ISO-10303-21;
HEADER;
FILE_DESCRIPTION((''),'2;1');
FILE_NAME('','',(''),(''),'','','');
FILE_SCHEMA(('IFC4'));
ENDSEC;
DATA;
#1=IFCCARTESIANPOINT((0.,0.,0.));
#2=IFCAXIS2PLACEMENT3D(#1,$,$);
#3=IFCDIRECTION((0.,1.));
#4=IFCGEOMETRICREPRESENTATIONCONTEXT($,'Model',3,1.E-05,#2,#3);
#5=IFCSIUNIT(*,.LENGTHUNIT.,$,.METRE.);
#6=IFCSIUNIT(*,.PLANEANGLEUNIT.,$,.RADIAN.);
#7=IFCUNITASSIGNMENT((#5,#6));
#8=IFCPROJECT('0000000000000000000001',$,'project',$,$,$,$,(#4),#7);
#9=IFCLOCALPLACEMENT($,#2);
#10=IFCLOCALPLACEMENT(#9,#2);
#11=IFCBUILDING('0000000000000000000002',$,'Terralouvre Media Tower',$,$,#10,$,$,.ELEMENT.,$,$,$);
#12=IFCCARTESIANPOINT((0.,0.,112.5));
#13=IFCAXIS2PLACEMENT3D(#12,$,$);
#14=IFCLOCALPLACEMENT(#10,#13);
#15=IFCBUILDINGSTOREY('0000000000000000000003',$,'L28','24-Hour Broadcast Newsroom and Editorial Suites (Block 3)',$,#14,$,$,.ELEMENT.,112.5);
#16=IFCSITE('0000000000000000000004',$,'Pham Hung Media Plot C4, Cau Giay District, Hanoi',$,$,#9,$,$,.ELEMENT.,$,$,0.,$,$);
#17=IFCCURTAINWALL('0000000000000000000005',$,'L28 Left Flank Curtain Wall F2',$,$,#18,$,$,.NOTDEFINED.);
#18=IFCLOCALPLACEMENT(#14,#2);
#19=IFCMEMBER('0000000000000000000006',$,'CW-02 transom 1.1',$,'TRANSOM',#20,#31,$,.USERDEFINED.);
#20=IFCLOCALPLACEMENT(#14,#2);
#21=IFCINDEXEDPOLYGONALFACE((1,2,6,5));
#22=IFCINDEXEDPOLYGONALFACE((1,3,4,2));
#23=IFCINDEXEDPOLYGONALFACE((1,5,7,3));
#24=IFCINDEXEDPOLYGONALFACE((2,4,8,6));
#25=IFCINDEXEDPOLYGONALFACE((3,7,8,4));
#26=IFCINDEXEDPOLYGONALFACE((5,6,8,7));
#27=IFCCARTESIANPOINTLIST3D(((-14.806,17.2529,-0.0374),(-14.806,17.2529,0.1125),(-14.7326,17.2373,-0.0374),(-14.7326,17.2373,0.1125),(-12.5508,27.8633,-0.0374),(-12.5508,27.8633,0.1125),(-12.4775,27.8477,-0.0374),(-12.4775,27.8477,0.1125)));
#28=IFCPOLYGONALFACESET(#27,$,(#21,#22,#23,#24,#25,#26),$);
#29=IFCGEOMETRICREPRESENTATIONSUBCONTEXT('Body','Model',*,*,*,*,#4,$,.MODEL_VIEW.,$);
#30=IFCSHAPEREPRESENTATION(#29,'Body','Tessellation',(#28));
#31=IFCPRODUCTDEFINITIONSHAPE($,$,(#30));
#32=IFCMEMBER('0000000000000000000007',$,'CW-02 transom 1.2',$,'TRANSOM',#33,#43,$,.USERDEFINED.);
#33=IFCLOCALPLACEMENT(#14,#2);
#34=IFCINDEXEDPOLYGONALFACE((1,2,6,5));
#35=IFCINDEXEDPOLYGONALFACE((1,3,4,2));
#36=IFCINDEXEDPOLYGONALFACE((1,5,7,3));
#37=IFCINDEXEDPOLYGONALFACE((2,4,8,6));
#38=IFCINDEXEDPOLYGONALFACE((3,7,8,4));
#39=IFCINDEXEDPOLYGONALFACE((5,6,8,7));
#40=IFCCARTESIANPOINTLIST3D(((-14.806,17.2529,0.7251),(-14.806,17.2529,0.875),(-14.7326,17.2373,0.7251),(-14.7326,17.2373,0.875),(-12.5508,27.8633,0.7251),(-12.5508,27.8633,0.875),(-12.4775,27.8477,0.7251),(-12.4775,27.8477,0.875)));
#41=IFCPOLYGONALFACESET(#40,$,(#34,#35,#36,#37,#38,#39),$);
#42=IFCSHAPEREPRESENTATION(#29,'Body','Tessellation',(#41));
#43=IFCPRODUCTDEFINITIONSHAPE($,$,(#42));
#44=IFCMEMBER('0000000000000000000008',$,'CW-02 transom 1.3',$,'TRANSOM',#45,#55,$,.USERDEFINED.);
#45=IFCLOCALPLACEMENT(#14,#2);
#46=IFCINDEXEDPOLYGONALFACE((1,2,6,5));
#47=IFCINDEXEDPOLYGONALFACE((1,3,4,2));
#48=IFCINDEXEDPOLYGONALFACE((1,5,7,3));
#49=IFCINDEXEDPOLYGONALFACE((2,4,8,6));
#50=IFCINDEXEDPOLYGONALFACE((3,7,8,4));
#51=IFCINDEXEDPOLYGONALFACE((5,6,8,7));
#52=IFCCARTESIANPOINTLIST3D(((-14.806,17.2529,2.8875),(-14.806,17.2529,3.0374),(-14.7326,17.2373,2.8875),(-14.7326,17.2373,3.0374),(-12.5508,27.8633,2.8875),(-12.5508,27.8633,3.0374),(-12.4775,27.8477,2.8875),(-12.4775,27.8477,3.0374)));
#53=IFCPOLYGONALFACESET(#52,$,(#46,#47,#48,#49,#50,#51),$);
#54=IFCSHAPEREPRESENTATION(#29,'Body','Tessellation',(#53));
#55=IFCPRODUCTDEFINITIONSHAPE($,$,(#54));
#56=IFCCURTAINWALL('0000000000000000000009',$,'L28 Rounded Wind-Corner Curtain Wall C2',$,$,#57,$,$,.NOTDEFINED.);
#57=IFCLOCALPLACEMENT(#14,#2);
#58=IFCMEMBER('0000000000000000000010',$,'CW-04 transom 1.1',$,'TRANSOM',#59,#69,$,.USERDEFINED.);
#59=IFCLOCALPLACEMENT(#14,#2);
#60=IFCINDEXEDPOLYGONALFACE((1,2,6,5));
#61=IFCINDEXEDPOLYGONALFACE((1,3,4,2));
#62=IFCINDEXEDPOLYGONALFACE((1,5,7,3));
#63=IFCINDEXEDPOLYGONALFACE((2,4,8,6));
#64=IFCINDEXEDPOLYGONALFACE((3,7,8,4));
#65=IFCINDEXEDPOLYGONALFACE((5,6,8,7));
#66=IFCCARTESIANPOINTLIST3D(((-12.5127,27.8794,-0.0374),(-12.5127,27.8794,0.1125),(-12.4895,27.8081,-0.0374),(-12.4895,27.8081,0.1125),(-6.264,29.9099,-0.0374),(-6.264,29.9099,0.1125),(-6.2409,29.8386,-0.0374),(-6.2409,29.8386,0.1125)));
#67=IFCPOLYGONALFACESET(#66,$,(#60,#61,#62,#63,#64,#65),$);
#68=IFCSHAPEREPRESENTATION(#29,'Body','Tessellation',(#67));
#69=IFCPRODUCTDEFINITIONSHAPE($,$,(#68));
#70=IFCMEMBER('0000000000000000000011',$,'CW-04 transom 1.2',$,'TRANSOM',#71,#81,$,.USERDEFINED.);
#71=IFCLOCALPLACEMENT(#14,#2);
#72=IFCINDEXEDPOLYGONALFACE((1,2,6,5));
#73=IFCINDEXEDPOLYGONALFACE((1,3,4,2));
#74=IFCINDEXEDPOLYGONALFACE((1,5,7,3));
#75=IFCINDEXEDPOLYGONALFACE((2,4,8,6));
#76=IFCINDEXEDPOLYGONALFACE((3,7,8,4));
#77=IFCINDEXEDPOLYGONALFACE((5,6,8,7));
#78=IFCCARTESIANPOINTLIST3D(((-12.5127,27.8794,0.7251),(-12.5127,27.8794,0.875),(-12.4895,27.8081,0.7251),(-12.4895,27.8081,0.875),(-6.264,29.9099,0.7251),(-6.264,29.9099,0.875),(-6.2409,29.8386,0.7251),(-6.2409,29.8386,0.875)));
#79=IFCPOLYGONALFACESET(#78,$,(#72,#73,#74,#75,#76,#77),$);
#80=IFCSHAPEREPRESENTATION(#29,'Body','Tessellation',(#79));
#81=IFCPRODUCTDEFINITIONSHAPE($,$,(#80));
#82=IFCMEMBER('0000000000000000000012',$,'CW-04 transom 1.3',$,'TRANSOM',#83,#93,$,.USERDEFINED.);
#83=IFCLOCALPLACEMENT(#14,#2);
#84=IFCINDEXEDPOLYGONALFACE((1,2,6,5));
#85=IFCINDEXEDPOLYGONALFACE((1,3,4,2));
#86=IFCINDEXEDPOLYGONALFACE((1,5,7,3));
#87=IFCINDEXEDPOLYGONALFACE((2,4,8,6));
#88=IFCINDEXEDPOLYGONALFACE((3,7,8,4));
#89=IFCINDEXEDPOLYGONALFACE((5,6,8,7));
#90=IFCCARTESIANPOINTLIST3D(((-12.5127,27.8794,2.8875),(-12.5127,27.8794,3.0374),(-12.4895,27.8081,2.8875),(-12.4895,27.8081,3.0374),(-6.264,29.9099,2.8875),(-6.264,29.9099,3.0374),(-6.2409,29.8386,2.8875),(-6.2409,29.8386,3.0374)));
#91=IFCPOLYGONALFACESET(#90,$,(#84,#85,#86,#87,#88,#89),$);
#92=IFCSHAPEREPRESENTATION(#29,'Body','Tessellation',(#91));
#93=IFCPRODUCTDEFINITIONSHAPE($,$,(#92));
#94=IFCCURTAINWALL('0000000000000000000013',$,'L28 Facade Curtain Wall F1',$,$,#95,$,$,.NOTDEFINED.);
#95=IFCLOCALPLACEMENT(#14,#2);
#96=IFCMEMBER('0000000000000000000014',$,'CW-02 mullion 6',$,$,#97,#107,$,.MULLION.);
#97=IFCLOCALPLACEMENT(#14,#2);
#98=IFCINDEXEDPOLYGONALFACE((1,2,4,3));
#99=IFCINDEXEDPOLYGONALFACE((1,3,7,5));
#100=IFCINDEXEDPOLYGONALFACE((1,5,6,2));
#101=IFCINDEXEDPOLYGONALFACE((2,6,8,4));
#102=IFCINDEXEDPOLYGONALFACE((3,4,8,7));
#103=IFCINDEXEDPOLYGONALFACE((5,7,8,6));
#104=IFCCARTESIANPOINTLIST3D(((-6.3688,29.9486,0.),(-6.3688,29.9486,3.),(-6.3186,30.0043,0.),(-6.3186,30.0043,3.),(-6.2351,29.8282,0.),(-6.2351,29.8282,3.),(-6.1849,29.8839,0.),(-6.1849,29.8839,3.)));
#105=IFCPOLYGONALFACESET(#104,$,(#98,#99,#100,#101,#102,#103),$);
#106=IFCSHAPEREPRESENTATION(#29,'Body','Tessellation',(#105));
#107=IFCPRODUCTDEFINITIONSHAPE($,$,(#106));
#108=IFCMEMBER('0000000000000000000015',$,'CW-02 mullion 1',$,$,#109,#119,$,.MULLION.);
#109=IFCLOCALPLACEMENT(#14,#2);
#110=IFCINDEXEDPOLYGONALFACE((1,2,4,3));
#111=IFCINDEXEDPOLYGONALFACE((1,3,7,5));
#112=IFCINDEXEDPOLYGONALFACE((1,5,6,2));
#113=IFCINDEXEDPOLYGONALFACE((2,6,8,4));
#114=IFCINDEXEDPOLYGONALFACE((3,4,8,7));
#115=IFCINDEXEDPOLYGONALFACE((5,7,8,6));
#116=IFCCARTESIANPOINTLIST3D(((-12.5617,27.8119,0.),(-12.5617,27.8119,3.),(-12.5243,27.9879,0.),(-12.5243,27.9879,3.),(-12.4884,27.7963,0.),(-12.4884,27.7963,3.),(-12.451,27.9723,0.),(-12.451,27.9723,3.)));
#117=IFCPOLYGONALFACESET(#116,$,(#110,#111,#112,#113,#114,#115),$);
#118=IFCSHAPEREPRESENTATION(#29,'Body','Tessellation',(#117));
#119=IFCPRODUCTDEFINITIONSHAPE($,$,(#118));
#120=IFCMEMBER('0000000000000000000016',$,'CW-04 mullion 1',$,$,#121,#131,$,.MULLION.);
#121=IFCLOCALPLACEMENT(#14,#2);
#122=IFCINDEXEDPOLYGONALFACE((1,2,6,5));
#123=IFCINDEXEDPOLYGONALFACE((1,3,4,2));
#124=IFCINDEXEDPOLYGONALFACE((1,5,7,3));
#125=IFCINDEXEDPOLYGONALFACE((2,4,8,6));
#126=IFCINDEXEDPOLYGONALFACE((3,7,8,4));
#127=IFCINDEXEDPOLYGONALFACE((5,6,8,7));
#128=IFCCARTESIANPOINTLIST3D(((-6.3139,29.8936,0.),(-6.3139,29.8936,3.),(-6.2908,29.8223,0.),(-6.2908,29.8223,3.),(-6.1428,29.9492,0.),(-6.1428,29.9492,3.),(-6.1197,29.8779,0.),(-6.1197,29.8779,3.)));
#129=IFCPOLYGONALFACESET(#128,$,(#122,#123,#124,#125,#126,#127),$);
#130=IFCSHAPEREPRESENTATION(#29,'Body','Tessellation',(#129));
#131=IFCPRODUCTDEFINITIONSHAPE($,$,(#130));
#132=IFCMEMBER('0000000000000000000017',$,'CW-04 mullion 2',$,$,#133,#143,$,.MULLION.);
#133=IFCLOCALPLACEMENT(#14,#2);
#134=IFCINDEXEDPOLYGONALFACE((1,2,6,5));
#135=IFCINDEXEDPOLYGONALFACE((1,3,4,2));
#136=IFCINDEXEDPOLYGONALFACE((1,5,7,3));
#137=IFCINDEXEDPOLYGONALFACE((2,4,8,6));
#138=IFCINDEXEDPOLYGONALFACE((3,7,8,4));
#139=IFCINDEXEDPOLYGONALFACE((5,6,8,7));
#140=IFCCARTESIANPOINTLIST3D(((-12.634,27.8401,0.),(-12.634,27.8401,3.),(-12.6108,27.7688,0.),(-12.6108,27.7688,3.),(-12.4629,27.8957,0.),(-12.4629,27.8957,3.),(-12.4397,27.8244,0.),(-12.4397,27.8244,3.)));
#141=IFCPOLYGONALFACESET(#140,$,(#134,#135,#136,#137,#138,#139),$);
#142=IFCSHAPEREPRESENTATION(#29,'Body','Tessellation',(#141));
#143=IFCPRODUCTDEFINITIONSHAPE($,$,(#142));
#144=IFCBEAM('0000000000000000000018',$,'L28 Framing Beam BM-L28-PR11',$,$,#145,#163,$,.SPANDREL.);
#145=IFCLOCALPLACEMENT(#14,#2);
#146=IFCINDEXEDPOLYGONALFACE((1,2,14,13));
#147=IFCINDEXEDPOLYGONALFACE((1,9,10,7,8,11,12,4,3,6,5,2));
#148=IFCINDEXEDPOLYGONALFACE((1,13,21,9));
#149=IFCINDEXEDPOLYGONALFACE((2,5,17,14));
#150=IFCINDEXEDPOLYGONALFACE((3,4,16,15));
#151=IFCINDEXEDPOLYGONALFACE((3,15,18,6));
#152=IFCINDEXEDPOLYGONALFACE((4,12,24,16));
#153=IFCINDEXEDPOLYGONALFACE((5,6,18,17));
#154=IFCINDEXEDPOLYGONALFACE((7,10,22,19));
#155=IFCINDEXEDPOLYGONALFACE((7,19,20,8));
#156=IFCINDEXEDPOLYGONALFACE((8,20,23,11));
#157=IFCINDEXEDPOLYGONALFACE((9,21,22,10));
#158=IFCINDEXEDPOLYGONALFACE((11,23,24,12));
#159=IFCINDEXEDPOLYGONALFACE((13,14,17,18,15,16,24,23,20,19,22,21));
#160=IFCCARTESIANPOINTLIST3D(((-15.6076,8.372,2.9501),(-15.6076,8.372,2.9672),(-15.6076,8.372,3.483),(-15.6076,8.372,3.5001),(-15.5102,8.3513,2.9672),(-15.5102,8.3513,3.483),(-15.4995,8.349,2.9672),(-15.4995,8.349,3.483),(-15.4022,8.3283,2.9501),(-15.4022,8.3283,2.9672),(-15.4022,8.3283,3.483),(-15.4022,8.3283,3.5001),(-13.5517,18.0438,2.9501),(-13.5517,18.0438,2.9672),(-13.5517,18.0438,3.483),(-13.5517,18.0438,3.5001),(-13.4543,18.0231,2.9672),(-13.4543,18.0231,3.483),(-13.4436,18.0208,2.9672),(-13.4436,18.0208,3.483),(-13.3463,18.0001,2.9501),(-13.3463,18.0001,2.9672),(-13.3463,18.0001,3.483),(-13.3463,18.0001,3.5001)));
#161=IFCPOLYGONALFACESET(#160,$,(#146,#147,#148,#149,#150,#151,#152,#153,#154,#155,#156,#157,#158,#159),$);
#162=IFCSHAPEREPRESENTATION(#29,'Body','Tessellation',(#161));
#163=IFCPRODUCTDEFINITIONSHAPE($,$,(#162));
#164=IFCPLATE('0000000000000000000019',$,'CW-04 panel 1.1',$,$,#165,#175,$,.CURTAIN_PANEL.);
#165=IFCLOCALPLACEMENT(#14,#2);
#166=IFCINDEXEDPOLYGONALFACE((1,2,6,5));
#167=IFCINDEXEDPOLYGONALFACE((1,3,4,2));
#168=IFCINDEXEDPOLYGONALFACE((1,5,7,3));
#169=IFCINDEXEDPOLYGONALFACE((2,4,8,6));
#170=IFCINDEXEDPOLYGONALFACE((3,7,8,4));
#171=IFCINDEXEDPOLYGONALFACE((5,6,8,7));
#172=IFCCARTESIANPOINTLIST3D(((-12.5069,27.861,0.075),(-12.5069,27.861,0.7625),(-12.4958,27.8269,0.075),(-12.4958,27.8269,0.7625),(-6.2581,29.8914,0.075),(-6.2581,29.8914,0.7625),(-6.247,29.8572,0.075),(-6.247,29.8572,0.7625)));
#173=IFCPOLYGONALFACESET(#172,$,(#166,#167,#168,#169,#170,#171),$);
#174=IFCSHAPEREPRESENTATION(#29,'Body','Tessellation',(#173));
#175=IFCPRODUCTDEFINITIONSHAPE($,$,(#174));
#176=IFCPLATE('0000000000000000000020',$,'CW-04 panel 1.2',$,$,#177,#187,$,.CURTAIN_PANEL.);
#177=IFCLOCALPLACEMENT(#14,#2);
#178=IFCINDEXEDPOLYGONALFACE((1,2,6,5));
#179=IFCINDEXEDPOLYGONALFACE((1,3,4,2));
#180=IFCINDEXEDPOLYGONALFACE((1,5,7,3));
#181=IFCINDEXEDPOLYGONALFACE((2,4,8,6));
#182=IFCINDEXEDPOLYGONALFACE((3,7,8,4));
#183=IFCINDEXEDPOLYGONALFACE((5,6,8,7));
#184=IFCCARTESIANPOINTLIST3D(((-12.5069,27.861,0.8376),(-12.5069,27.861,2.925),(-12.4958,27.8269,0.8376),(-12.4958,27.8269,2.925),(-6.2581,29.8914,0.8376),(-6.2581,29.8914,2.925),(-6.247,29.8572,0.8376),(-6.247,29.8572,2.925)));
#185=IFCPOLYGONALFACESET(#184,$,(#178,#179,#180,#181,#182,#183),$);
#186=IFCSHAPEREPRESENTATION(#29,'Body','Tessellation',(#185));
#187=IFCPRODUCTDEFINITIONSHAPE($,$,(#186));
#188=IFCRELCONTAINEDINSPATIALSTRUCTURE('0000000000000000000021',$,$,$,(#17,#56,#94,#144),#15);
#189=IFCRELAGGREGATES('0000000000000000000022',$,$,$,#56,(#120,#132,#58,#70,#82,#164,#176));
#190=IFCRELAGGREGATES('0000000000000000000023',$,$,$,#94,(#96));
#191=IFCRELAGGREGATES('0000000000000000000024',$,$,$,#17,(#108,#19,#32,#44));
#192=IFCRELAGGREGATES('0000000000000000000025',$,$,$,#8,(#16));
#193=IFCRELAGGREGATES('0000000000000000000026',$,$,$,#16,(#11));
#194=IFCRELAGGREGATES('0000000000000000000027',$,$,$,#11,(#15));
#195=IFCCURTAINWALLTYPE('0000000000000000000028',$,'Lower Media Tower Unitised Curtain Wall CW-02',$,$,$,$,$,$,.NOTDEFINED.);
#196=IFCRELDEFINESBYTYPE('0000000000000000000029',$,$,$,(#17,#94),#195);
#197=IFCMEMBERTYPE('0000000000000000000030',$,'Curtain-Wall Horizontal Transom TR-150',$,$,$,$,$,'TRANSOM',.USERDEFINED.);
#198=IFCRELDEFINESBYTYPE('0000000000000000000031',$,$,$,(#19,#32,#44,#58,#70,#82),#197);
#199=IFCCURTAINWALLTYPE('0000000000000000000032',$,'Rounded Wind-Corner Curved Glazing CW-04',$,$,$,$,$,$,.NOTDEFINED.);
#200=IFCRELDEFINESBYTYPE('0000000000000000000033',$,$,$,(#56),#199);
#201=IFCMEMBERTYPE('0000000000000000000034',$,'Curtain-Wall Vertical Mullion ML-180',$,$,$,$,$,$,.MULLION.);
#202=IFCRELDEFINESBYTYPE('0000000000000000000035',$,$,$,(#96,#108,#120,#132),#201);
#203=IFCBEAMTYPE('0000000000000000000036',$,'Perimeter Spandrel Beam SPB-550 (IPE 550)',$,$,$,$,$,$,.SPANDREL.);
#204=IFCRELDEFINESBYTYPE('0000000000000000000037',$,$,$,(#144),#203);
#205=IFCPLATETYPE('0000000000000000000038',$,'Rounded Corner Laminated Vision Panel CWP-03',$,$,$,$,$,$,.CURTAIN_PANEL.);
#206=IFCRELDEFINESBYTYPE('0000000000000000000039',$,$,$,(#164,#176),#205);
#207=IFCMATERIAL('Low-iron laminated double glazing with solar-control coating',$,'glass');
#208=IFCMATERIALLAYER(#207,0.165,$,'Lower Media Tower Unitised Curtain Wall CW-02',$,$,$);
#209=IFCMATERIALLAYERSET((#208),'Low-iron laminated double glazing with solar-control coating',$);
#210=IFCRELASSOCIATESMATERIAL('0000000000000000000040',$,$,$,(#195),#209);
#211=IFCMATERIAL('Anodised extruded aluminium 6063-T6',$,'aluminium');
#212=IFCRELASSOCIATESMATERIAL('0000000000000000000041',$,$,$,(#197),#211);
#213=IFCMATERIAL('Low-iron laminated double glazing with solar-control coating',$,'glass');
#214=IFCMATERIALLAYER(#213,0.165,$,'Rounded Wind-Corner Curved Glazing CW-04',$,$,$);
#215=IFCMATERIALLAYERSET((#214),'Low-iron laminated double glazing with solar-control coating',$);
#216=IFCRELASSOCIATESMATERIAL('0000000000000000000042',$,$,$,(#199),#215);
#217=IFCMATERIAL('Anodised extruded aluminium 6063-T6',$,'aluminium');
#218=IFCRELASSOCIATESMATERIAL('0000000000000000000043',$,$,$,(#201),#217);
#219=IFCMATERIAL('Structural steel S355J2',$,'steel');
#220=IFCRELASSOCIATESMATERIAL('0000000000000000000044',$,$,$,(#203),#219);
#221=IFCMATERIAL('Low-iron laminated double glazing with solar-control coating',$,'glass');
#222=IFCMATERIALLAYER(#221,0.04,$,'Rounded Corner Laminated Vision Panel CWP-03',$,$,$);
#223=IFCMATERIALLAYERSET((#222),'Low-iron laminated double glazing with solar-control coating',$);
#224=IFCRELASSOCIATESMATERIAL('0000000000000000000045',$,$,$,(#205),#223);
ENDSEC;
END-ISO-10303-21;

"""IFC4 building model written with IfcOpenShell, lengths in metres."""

from ifc_helpers import new_model, si_unit, direction, frame, origin, origin_2d, place, context, subcontext, project, spatial, rectangle, i_section, extrude, material, layer, layer_set, material_profile, profile_set, type_object, element, aggregate, save


model = new_model("IFC4")

# Units and contexts
model_context = context("Model", 3, precision=1e-05, world=origin(), true_north=direction((0.0, 1.0)))
body_context = subcontext(model_context, "Body", "Model", "MODEL_VIEW")
ifc_project = project(units=[si_unit("LENGTHUNIT", "METRE"), si_unit("PLANEANGLEUNIT", "RADIAN")], contexts=[model_context])

# Site, building, storey
site_placement = place(None, origin())
site = spatial("IfcSite", under=ifc_project, at=site_placement, Name="Pham Hung Media Plot C4, Cau Giay District, Hanoi", CompositionType="ELEMENT", RefElevation=0.0)
building_placement = place(site_placement, origin())
building = spatial("IfcBuilding", under=site, at=building_placement, Name="Terralouvre Media Tower", CompositionType="ELEMENT")
storey_placement = place(building_placement, frame((0.0, 0.0, 112.5)))
storey = spatial("IfcBuildingStorey", under=building, at=storey_placement, Name="L28", Description="24-Hour Broadcast Newsroom and Editorial Suites (Block 3)", CompositionType="ELEMENT", Elevation=112.5)

# Curtain walls, members
ifc_material_1 = material(Name="Low-iron laminated double glazing with solar-control coating", Category="glass")
ifc_layer_1 = layer(ifc_material_1, 0.165, Name="Lower Media Tower Unitised Curtain Wall CW-02")
ifc_layer_set_1 = layer_set([ifc_layer_1], Name="Low-iron laminated double glazing with solar-control coating")
curtain_wall_type_1 = type_object("IfcCurtainWallType", Name="Lower Media Tower Unitised Curtain Wall CW-02", PredefinedType="NOTDEFINED", material=ifc_layer_set_1)
curtain_wall_1_placement = place(storey_placement, origin())
curtain_wall_1 = element("IfcCurtainWall", 1, at=curtain_wall_1_placement, inside=storey, type_object=curtain_wall_type_1, Name="L28 Left Flank Curtain Wall F2", PredefinedType="NOTDEFINED")
ifc_material_2 = material(Name="Anodised extruded aluminium 6063-T6", Category="aluminium")
ifc_material_profile_1 = material_profile(ifc_material_2, rectangle(XDim=0.075, YDim=0.1499, at=origin_2d()), Name="ALU 75x150")
ifc_profile_set_1 = profile_set([ifc_material_profile_1], Name="Anodised extruded aluminium 6063-T6")
member_type_1 = type_object("IfcMemberType", Name="Curtain-Wall Horizontal Transom TR-150", ElementType="TRANSOM", PredefinedType="USERDEFINED", material=ifc_profile_set_1)
member_1_placement = place(storey_placement, frame((-12.5142, 27.8555, 0.0376), z_axis=(-0.207896, -0.978151, 0.0), x_axis=(0.978151, -0.207896, 0.0)))
member_1 = element("IfcMember", 2, at=member_1_placement, type_object=member_type_1, Name="CW-02 transom 1.1", ObjectType="TRANSOM", PredefinedType="USERDEFINED", context=body_context, shape_type="SweptSolid", body=[
    extrude(rectangle(XDim=0.075, YDim=0.1499, at=origin_2d()), origin(), (0.0, 0.0, 1.0), 10.8474),
])
member_2_placement = place(storey_placement, frame((-12.5142, 27.8555, 0.8), z_axis=(-0.207896, -0.978151, 0.0), x_axis=(0.978151, -0.207896, 0.0)))
member_2 = element("IfcMember", 3, at=member_2_placement, type_object=member_type_1, Name="CW-02 transom 1.2", ObjectType="TRANSOM", PredefinedType="USERDEFINED", context=body_context, shape_type="SweptSolid", body=[
    extrude(rectangle(XDim=0.075, YDim=0.1499, at=origin_2d()), origin(), (0.0, 0.0, 1.0), 10.8474),
])
member_3_placement = place(storey_placement, frame((-12.5142, 27.8555, 2.9624), z_axis=(-0.207896, -0.978151, 0.0), x_axis=(0.978151, -0.207896, 0.0)))
member_3 = element("IfcMember", 4, at=member_3_placement, type_object=member_type_1, Name="CW-02 transom 1.3", ObjectType="TRANSOM", PredefinedType="USERDEFINED", context=body_context, shape_type="SweptSolid", body=[
    extrude(rectangle(XDim=0.075, YDim=0.1499, at=origin_2d()), origin(), (0.0, 0.0, 1.0), 10.8474),
])
ifc_material_3 = material(Name="Low-iron laminated double glazing with solar-control coating", Category="glass")
ifc_layer_2 = layer(ifc_material_3, 0.165, Name="Rounded Wind-Corner Curved Glazing CW-04")
ifc_layer_set_2 = layer_set([ifc_layer_2], Name="Low-iron laminated double glazing with solar-control coating")
curtain_wall_type_2 = type_object("IfcCurtainWallType", Name="Rounded Wind-Corner Curved Glazing CW-04", PredefinedType="NOTDEFINED", material=ifc_layer_set_2)
curtain_wall_2_placement = place(storey_placement, origin())
curtain_wall_2 = element("IfcCurtainWall", 5, at=curtain_wall_2_placement, inside=storey, type_object=curtain_wall_type_2, Name="L28 Rounded Wind-Corner Curtain Wall C2", PredefinedType="NOTDEFINED")
member_4_placement = place(storey_placement, frame((-6.2524, 29.8743, 0.0376), z_axis=(-0.951049, -0.30904, 0.0), x_axis=(0.30904, -0.951049, 0.0)))
member_4 = element("IfcMember", 6, at=member_4_placement, type_object=member_type_1, Name="CW-04 transom 1.1", ObjectType="TRANSOM", PredefinedType="USERDEFINED", context=body_context, shape_type="SweptSolid", body=[
    extrude(rectangle(XDim=0.075, YDim=0.1499, at=origin_2d()), origin(), (0.0, 0.0, 1.0), 6.5703),
])
member_5_placement = place(storey_placement, frame((-6.2524, 29.8743, 0.8), z_axis=(-0.951049, -0.30904, 0.0), x_axis=(0.30904, -0.951049, 0.0)))
member_5 = element("IfcMember", 7, at=member_5_placement, type_object=member_type_1, Name="CW-04 transom 1.2", ObjectType="TRANSOM", PredefinedType="USERDEFINED", context=body_context, shape_type="SweptSolid", body=[
    extrude(rectangle(XDim=0.075, YDim=0.1499, at=origin_2d()), origin(), (0.0, 0.0, 1.0), 6.5703),
])
member_6_placement = place(storey_placement, frame((-6.2524, 29.8743, 2.9624), z_axis=(-0.951049, -0.30904, 0.0), x_axis=(0.30904, -0.951049, 0.0)))
member_6 = element("IfcMember", 8, at=member_6_placement, type_object=member_type_1, Name="CW-04 transom 1.3", ObjectType="TRANSOM", PredefinedType="USERDEFINED", context=body_context, shape_type="SweptSolid", body=[
    extrude(rectangle(XDim=0.075, YDim=0.1499, at=origin_2d()), origin(), (0.0, 0.0, 1.0), 6.5703),
])

# Curtain wall, member
curtain_wall_3_placement = place(storey_placement, origin())
curtain_wall_3 = element("IfcCurtainWall", 9, at=curtain_wall_3_placement, inside=storey, type_object=curtain_wall_type_1, Name="L28 Facade Curtain Wall F1", PredefinedType="NOTDEFINED")
ifc_material_4 = material(Name="Anodised extruded aluminium 6063-T6", Category="aluminium")
ifc_material_profile_2 = material_profile(ifc_material_4, rectangle(XDim=0.075, YDim=0.1799, at=origin_2d()), Name="ALU 75x180")
ifc_profile_set_2 = profile_set([ifc_material_profile_2], Name="Anodised extruded aluminium 6063-T6")
member_type_2 = type_object("IfcMemberType", Name="Curtain-Wall Vertical Mullion ML-180", PredefinedType="MULLION", material=ifc_profile_set_2)
member_7_placement = place(storey_placement, frame((-6.2769, 29.9163, 0.0), z_axis=(0.0, 0.0, 1.0), x_axis=(-0.669131, -0.743145, 0.0)))
member_7 = element("IfcMember", 10, at=member_7_placement, type_object=member_type_2, Name="CW-02 mullion 6", PredefinedType="MULLION", context=body_context, shape_type="SweptSolid", body=[
    extrude(rectangle(XDim=0.075, YDim=0.1799, at=origin_2d()), origin(), (0.0, 0.0, 1.0), 3.0),
])

# Members
member_8_placement = place(storey_placement, frame((-12.5063, 27.8921, 0.0), z_axis=(0.0, 0.0, 1.0), x_axis=(0.978148, -0.207912, 0.0)))
member_8 = element("IfcMember", 11, at=member_8_placement, type_object=member_type_2, Name="CW-02 mullion 1", PredefinedType="MULLION", context=body_context, shape_type="SweptSolid", body=[
    extrude(rectangle(XDim=0.075, YDim=0.1799, at=origin_2d()), origin(), (0.0, 0.0, 1.0), 3.0),
])
member_9_placement = place(storey_placement, frame((-6.2168, 29.8857, 0.0), z_axis=(0.0, 0.0, 1.0), x_axis=(0.309018, -0.951056, 0.0)))
member_9 = element("IfcMember", 12, at=member_9_placement, type_object=member_type_2, Name="CW-04 mullion 1", PredefinedType="MULLION", context=body_context, shape_type="SweptSolid", body=[
    extrude(rectangle(XDim=0.075, YDim=0.1799, at=origin_2d()), origin(), (0.0, 0.0, 1.0), 3.0),
])
member_10_placement = place(storey_placement, frame((-12.5369, 27.8323, 0.0), z_axis=(0.0, 0.0, 1.0), x_axis=(0.309018, -0.951056, 0.0)))
member_10 = element("IfcMember", 13, at=member_10_placement, type_object=member_type_2, Name="CW-04 mullion 2", PredefinedType="MULLION", context=body_context, shape_type="SweptSolid", body=[
    extrude(rectangle(XDim=0.075, YDim=0.1799, at=origin_2d()), origin(), (0.0, 0.0, 1.0), 3.0),
])

# Beam
ifc_material_5 = material(Name="Structural steel S355J2", Category="steel")
ifc_material_profile_3 = material_profile(ifc_material_5, i_section(OverallWidth=0.21, OverallDepth=0.55, WebThickness=0.011, FlangeThickness=0.0171, at=origin_2d()), Name="IPE 550")
ifc_profile_set_3 = profile_set([ifc_material_profile_3], Name="Structural steel S355J2")
beam_type = type_object("IfcBeamType", Name="Perimeter Spandrel Beam SPB-550 (IPE 550)", PredefinedType="SPANDREL", material=ifc_profile_set_3)
beam_placement = place(storey_placement, frame((-13.449, 18.022, 3.2251), z_axis=(-0.20792, -0.978146, 0.0), x_axis=(0.978146, -0.20792, 0.0)))
element("IfcBeam", 14, at=beam_placement, inside=storey, type_object=beam_type, Name="L28 Framing Beam BM-L28-PR11", PredefinedType="SPANDREL", context=body_context, shape_type="SweptSolid", body=[
    extrude(i_section(OverallWidth=0.21, OverallDepth=0.55, WebThickness=0.011, FlangeThickness=0.0171, at=origin_2d()), origin(), (0.0, 0.0, 1.0), 9.8879),
])

# Plates
ifc_material_6 = material(Name="Low-iron laminated double glazing with solar-control coating", Category="glass")
ifc_layer_3 = layer(ifc_material_6, 0.04, Name="Rounded Corner Laminated Vision Panel CWP-03")
ifc_layer_set_3 = layer_set([ifc_layer_3], Name="Low-iron laminated double glazing with solar-control coating")
plate_type_1 = type_object("IfcPlateType", Name="Rounded Corner Laminated Vision Panel CWP-03", PredefinedType="CURTAIN_PANEL", material=ifc_layer_set_3)
plate_1_placement = place(storey_placement, frame((-9.377, 28.8591, 0.075), z_axis=(0.0, 0.0, 1.0), x_axis=(-0.951056, -0.309018, 0.0)))
plate_1 = element("IfcPlate", 15, at=plate_1_placement, type_object=plate_type_1, Name="CW-04 panel 1.1", PredefinedType="CURTAIN_PANEL", context=body_context, shape_type="SweptSolid", body=[
    extrude(rectangle(XDim=6.5703, YDim=0.0359, at=origin_2d()), origin(), (0.0, 0.0, 1.0), 0.6875),
])
plate_2_placement = place(storey_placement, frame((-9.377, 28.8591, 0.8376), z_axis=(0.0, 0.0, 1.0), x_axis=(-0.951056, -0.309018, 0.0)))
plate_2 = element("IfcPlate", 16, at=plate_2_placement, type_object=plate_type_1, Name="CW-04 panel 1.2", PredefinedType="CURTAIN_PANEL", context=body_context, shape_type="SweptSolid", body=[
    extrude(rectangle(XDim=6.5703, YDim=0.0359, at=origin_2d()), origin(), (0.0, 0.0, 1.0), 2.0874),
])
aggregate(curtain_wall_2, [member_9, member_10, member_4, member_5, member_6, plate_1, plate_2])
aggregate(curtain_wall_3, [member_7])
aggregate(curtain_wall_1, [member_8, member_1, member_2, member_3])

save(model, "model.ifc")
